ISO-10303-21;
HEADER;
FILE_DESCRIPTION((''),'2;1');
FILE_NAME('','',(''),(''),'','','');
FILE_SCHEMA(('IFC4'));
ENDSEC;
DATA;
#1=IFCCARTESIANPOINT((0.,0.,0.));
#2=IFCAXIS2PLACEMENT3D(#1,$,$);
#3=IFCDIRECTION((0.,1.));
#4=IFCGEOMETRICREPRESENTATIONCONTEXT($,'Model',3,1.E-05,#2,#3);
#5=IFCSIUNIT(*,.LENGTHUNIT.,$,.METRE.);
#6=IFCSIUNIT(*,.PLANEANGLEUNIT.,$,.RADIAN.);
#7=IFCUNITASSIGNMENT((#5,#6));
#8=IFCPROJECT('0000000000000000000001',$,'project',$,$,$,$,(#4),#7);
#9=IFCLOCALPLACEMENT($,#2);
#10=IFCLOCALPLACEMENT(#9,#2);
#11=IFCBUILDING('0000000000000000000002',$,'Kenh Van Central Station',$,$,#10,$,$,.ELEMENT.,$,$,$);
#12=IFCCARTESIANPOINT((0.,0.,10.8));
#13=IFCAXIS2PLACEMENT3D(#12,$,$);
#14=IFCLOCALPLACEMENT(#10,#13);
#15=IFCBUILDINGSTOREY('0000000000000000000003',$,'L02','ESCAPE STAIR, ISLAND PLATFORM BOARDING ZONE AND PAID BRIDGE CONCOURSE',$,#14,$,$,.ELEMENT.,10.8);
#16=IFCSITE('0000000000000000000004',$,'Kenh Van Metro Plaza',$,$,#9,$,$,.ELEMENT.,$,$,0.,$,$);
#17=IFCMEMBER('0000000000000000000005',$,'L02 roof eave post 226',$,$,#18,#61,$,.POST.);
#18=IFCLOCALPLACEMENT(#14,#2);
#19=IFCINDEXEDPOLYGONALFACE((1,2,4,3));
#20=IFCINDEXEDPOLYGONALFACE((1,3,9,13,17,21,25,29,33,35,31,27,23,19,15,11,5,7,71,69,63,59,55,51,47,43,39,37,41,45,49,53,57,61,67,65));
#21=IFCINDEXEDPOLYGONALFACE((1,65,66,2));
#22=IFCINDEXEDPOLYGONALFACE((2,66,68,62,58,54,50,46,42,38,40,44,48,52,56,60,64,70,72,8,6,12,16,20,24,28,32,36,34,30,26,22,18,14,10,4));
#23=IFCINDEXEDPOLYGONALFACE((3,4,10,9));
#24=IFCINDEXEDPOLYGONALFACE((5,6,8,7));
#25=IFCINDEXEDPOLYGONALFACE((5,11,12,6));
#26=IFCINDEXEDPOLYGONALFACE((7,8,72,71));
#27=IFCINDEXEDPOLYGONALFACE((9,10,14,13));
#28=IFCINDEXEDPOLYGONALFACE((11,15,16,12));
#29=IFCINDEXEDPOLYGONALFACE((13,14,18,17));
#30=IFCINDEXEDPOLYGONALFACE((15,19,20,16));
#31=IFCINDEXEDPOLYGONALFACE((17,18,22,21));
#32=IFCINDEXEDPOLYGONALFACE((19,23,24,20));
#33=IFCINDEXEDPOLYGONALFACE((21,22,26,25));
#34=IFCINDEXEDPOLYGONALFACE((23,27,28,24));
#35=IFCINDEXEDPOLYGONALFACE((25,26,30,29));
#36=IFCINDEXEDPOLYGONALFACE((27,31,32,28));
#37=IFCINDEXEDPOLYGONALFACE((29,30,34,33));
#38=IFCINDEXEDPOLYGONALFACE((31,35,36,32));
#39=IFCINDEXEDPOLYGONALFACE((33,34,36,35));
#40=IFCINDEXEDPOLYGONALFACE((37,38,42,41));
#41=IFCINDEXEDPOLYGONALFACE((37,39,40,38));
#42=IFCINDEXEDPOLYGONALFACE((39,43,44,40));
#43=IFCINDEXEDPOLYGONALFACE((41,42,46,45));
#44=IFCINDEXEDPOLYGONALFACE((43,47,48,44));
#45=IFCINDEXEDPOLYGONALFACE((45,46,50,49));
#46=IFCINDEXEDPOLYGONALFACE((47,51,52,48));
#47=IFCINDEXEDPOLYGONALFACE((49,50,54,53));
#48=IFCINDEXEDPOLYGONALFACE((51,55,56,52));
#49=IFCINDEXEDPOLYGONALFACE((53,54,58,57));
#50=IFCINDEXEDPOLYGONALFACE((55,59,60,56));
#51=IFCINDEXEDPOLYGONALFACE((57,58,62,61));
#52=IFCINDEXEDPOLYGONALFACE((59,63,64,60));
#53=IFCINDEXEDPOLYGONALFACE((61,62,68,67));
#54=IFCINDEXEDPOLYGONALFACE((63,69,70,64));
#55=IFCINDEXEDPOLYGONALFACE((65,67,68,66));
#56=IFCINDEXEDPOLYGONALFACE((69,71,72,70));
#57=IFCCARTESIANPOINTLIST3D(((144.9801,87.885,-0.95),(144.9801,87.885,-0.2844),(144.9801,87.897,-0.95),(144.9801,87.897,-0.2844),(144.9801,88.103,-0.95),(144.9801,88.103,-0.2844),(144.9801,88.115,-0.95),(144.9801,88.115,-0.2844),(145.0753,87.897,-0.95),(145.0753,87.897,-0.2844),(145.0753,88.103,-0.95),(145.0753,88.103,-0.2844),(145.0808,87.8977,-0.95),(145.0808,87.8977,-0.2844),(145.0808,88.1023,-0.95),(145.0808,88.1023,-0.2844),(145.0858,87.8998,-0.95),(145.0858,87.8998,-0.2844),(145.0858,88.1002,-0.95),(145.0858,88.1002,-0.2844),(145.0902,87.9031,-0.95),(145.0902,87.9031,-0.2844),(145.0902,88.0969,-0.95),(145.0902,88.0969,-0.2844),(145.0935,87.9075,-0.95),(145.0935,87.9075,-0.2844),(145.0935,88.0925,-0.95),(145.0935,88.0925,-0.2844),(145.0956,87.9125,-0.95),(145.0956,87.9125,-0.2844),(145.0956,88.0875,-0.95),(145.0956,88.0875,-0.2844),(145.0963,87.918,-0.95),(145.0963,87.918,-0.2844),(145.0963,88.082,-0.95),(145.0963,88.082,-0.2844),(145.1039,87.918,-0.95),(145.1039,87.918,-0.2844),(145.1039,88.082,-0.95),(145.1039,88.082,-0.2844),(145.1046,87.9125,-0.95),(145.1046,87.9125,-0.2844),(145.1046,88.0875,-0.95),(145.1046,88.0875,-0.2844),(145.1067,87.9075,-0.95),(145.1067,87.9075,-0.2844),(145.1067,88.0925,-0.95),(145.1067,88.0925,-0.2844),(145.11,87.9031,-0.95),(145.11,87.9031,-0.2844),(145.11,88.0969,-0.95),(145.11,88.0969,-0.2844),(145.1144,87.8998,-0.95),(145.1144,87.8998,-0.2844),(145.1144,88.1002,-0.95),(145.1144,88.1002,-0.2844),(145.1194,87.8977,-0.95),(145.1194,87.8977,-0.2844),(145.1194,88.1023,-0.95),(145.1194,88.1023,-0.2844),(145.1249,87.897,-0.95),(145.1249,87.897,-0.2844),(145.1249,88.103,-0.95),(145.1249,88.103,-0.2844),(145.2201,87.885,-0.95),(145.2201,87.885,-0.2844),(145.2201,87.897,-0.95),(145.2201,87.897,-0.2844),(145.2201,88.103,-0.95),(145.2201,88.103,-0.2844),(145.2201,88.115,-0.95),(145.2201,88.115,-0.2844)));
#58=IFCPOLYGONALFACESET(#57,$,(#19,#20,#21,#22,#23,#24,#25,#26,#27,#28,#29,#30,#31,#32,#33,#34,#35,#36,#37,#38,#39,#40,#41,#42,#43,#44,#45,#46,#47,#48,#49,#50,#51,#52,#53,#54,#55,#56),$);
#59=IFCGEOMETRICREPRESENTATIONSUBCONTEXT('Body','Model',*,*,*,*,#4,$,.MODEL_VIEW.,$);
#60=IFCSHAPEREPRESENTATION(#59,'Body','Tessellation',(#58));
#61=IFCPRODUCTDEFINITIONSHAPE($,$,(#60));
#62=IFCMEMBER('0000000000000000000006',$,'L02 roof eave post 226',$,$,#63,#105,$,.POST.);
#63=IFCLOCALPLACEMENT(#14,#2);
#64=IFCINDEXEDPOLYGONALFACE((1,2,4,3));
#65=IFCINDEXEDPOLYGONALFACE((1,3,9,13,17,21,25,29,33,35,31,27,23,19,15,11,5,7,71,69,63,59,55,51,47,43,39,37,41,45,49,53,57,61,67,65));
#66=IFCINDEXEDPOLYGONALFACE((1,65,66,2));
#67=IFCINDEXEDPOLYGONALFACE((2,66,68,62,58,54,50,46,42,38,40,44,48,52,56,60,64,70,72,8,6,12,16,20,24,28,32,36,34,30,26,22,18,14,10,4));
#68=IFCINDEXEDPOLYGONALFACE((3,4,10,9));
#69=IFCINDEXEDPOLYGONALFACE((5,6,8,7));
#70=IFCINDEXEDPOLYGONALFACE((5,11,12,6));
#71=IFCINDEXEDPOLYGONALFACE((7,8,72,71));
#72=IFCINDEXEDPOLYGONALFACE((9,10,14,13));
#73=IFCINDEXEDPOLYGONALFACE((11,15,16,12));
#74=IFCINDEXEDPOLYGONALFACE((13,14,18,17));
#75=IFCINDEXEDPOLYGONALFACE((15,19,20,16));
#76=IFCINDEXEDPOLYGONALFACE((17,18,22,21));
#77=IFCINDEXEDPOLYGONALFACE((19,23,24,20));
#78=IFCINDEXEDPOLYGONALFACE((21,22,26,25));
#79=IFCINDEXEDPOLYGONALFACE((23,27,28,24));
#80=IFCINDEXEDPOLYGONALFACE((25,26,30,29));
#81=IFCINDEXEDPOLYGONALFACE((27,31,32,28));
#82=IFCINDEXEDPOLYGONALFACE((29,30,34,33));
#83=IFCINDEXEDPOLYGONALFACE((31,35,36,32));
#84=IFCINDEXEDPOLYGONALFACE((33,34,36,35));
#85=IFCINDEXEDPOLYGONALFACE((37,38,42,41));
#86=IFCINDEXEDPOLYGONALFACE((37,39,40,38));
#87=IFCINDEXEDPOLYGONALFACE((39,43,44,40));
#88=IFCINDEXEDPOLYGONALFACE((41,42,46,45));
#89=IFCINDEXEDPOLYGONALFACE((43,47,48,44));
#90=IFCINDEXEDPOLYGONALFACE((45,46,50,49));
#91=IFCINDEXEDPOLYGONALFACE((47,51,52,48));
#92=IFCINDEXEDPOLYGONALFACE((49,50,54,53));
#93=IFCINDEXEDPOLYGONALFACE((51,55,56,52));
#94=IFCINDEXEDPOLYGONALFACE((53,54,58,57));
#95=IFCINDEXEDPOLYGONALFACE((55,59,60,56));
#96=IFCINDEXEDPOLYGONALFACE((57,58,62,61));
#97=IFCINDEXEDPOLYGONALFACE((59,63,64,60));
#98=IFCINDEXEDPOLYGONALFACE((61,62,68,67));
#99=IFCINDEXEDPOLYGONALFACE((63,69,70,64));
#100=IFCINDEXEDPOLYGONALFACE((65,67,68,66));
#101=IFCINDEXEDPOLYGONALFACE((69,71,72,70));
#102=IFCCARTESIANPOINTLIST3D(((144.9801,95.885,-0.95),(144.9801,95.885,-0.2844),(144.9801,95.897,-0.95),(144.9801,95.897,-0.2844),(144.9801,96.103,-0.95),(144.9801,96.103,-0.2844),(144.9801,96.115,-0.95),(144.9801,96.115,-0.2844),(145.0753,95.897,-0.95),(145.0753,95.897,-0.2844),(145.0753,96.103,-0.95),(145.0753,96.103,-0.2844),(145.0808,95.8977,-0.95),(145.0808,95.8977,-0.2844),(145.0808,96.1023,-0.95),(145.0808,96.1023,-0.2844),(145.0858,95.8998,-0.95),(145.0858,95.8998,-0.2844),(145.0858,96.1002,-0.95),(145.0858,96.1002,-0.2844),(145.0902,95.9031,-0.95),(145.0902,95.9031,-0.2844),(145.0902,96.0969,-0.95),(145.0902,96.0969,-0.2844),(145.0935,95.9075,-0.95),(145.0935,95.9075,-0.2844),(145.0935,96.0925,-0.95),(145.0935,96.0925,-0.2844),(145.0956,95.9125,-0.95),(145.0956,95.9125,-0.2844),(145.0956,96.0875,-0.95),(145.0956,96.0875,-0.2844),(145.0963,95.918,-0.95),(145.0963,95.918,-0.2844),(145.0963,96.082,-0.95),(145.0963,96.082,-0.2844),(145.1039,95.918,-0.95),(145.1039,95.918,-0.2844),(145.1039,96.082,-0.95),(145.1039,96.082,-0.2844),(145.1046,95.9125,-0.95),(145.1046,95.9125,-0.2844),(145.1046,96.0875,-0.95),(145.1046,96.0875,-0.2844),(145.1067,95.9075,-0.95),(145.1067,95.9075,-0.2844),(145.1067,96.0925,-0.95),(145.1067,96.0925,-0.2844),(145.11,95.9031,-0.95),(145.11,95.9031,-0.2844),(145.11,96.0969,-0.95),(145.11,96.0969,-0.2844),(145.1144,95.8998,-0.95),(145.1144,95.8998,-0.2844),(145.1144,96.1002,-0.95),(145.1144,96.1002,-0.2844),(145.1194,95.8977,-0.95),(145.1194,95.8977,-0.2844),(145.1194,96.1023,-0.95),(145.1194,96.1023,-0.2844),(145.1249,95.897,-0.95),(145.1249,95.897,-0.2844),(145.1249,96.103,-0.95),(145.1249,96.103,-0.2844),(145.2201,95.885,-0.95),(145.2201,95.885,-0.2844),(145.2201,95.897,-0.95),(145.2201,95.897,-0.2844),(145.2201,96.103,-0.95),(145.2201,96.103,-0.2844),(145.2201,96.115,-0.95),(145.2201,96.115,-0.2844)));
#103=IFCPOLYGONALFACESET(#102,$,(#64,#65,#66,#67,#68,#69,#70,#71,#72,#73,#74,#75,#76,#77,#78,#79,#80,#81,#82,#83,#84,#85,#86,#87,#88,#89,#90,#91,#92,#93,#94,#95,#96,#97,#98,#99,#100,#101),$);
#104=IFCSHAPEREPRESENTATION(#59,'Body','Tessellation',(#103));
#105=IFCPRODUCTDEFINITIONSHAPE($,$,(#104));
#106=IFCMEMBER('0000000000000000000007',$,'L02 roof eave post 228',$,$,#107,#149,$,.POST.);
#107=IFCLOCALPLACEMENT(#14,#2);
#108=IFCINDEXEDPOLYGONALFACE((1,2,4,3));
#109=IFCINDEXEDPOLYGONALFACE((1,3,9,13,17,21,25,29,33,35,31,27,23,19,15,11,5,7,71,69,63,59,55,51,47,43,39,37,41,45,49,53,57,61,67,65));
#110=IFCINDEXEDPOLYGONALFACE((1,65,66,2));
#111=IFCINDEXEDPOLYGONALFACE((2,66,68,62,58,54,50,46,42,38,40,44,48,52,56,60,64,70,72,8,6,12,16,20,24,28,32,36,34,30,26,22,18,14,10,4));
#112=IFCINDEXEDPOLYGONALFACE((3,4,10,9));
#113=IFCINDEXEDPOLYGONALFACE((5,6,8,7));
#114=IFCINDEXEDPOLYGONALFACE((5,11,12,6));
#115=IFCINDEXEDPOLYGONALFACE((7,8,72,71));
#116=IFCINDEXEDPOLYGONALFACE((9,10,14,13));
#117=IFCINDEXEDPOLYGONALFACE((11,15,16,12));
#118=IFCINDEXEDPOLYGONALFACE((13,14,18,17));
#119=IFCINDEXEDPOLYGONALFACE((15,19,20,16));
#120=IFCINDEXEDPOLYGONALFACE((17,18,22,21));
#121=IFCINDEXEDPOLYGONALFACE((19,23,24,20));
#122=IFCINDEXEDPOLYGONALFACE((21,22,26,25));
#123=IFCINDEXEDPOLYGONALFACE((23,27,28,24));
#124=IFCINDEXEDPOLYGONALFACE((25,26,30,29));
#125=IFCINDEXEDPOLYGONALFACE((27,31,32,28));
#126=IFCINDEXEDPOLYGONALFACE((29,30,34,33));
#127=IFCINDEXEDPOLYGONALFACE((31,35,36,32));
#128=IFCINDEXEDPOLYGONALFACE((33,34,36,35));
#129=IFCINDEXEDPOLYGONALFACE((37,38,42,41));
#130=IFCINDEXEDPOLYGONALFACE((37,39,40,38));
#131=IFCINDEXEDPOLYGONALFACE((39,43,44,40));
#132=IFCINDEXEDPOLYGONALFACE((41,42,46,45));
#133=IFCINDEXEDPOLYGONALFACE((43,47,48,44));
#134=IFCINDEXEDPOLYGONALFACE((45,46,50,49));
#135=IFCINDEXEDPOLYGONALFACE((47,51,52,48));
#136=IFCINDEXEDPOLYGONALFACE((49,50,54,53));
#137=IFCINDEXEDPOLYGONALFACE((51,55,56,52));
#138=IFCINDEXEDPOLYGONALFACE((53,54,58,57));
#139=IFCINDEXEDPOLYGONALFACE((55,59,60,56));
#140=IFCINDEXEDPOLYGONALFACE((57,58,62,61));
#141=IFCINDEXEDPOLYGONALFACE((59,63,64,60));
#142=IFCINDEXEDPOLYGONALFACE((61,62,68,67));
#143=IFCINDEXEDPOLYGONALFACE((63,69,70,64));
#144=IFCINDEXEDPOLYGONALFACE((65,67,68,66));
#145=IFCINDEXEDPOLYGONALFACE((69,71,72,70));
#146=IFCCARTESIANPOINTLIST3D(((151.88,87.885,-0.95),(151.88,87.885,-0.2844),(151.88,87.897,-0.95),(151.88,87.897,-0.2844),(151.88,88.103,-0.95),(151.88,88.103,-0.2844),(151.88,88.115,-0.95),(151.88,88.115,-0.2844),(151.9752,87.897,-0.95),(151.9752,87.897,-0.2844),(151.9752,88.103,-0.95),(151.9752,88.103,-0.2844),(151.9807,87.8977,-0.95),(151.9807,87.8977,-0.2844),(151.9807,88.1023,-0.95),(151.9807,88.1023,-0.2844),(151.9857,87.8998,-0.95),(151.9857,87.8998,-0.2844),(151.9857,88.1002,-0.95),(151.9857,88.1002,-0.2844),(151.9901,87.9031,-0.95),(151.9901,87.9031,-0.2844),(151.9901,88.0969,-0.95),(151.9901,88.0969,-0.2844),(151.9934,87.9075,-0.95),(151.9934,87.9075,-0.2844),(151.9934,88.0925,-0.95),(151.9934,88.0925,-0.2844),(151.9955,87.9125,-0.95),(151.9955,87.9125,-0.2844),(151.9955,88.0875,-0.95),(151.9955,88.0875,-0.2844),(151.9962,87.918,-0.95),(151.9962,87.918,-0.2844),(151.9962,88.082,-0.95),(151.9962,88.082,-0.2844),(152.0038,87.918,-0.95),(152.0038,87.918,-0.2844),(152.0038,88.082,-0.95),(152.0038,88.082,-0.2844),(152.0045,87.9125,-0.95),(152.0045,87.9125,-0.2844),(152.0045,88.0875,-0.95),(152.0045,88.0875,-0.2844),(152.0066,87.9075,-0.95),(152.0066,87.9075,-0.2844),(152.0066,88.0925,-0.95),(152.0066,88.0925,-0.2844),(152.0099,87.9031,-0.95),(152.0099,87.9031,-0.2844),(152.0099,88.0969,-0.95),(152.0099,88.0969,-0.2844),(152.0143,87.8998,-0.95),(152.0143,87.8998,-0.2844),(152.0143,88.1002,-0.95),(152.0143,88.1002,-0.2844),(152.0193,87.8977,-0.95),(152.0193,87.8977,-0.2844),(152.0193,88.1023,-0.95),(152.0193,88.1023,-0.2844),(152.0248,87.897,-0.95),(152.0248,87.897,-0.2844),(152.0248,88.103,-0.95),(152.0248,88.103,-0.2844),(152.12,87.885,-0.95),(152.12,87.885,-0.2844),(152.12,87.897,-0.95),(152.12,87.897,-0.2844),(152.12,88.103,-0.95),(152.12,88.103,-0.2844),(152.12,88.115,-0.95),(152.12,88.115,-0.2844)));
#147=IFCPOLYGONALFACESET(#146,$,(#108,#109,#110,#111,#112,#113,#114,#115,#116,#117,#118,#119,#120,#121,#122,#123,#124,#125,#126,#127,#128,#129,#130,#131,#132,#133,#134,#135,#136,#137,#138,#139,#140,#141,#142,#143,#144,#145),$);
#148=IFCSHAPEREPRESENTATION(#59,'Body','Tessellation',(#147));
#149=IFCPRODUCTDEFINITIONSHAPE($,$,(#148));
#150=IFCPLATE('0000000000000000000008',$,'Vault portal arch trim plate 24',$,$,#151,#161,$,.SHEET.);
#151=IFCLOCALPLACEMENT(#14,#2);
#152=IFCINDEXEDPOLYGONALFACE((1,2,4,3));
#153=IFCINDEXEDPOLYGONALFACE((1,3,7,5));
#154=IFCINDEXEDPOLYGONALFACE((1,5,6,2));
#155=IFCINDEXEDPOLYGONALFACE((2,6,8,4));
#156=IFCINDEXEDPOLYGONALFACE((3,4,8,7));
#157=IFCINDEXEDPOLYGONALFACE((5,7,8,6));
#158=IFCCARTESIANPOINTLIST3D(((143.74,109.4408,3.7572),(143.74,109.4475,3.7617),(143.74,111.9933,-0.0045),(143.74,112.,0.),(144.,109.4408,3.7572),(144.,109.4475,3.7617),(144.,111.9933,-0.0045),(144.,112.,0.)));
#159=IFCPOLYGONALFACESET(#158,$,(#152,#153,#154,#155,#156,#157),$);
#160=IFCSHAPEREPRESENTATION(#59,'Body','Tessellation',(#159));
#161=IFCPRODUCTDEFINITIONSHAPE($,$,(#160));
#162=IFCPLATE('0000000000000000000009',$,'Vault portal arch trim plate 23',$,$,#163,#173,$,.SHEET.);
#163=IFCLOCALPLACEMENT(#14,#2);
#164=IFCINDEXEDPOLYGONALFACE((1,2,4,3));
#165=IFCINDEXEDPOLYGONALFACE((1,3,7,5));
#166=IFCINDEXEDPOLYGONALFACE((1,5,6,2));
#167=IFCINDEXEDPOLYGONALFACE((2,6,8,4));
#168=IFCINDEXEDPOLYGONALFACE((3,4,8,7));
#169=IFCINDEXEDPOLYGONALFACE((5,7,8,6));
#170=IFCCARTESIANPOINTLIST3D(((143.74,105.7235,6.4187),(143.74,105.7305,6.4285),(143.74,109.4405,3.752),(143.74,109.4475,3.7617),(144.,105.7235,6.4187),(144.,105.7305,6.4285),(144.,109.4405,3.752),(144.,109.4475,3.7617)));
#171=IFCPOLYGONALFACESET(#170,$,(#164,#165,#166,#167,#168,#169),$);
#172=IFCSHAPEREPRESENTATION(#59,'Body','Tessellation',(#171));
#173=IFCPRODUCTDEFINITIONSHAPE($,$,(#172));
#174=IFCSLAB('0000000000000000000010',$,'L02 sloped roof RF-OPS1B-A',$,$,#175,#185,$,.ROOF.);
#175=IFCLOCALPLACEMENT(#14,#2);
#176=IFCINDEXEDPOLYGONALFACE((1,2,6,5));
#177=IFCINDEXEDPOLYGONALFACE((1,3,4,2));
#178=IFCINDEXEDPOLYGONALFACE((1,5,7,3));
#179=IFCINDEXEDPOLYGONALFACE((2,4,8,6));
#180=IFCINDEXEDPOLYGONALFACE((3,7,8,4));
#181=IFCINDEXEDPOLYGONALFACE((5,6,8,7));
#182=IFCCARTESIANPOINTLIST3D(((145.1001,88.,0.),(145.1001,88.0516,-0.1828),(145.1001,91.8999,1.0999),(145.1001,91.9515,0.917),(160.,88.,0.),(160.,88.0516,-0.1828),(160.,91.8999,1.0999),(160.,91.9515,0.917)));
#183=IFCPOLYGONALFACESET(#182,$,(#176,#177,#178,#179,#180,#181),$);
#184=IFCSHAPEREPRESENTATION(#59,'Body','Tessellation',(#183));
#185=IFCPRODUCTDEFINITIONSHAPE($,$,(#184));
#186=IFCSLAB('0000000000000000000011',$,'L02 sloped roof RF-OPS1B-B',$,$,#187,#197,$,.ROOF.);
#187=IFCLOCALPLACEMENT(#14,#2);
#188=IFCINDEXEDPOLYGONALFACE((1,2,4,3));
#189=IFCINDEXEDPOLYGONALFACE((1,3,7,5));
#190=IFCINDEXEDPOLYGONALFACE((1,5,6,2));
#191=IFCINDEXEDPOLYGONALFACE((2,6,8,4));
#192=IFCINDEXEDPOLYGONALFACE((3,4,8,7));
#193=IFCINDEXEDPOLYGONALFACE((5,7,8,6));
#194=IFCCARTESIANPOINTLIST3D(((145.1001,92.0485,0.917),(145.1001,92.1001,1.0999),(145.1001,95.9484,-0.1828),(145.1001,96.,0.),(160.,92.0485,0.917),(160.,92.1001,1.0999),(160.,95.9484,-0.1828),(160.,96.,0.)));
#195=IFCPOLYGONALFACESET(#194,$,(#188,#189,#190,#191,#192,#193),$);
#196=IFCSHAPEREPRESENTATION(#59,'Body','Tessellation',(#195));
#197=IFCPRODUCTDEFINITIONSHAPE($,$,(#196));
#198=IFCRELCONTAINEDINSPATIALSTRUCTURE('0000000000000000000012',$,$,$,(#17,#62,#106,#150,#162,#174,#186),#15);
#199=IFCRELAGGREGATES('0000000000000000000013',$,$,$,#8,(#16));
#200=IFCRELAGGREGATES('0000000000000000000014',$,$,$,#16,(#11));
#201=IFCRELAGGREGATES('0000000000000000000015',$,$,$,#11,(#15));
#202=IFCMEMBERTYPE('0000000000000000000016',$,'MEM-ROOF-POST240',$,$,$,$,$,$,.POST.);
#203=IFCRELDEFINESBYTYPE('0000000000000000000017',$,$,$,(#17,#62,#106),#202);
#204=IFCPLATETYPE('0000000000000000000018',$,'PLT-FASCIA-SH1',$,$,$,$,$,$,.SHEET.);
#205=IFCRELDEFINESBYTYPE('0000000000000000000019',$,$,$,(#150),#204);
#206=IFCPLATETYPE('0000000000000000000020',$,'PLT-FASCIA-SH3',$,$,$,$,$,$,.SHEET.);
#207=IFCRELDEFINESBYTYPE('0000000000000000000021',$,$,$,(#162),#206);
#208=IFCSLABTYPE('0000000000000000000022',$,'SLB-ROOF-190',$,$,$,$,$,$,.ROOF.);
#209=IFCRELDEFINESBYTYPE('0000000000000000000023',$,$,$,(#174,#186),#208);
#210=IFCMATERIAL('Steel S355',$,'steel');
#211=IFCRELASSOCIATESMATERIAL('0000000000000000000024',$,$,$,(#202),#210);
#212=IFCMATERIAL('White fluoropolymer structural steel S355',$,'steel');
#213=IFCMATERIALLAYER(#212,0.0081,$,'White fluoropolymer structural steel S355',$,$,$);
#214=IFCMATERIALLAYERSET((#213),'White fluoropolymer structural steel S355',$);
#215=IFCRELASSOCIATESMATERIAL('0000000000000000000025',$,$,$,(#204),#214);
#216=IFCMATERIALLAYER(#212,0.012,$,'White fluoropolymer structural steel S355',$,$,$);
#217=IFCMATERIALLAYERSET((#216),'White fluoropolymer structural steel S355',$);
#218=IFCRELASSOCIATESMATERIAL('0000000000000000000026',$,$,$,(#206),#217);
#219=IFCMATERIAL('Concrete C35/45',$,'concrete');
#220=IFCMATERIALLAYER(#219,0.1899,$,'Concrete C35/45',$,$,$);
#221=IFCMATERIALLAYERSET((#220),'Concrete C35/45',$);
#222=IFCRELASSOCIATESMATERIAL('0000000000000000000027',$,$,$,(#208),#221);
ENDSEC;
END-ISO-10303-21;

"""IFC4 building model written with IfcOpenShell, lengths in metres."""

from ifc_helpers import new_model, si_unit, direction, frame, origin, origin_2d, place, context, subcontext, project, spatial, polyline, i_section, outline, extrude, material, layer, layer_set, material_profile, profile_set, type_object, element, save


model = new_model("IFC4")

# Units and contexts
model_context = context("Model", 3, precision=1e-05, world=origin(), true_north=direction((0.0, 1.0)))
body_context = subcontext(model_context, "Body", "Model", "MODEL_VIEW")
ifc_project = project(units=[si_unit("LENGTHUNIT", "METRE"), si_unit("PLANEANGLEUNIT", "RADIAN")], contexts=[model_context])

# Site, building, storey
site_placement = place(None, origin())
site = spatial("IfcSite", under=ifc_project, at=site_placement, Name="Kenh Van Metro Plaza", CompositionType="ELEMENT", RefElevation=0.0)
building_placement = place(site_placement, origin())
building = spatial("IfcBuilding", under=site, at=building_placement, Name="Kenh Van Central Station", CompositionType="ELEMENT")
storey_placement = place(building_placement, frame((0.0, 0.0, 10.8)))
storey = spatial("IfcBuildingStorey", under=building, at=storey_placement, Name="L02", Description="ESCAPE STAIR, ISLAND PLATFORM BOARDING ZONE AND PAID BRIDGE CONCOURSE", CompositionType="ELEMENT", Elevation=10.8)

# Shared definitions
ifc_material_1 = material(Name="Concrete C35/45", Category="concrete")

# Shared definitions
ifc_material_2 = material(Name="Steel S355", Category="steel")
ifc_material_3 = material(Name="White fluoropolymer structural steel S355", Category="steel")

# Members
ifc_material_profile_1 = material_profile(ifc_material_2, i_section(OverallWidth=0.24, OverallDepth=0.23, WebThickness=0.0076, FlangeThickness=0.012, FilletRadius=0.021, at=origin_2d()), Name="HEA 240")
ifc_profile_set_1 = profile_set([ifc_material_profile_1], Name="Steel S355")
member_type_1 = type_object("IfcMemberType", Name="MEM-ROOF-POST240", PredefinedType="POST", material=ifc_profile_set_1)
for number, where, z_axis, x_axis, name in (
    (1, (145.1001, 88.0, -0.95), (0.0, 0.0, 1.0), (1.0, 0.0, 0.0), "L02 roof eave post 226"),
    (2, (145.1001, 96.0, -0.95), (0.0, 0.0, 1.0), (1.0, 0.0, 0.0), "L02 roof eave post 226"),
    (3, (152.0, 88.0, -0.95), (0.0, 0.0, 1.0), (1.0, 0.0, 0.0), "L02 roof eave post 228"),
):
    element("IfcMember", number, at=place(storey_placement, frame(where, z_axis=z_axis, x_axis=x_axis)), inside=storey, type_object=member_type_1, Name=name, PredefinedType="POST", context=body_context, shape_type="SweptSolid", body=[
        extrude(i_section(OverallWidth=0.24, OverallDepth=0.23, WebThickness=0.0076, FlangeThickness=0.012, FilletRadius=0.021, at=origin_2d()), origin(), (0.0, 0.0, 1.0), 0.6655),
    ])

# Plates
ifc_layer_1 = layer(ifc_material_3, 0.0081, Name="White fluoropolymer structural steel S355")
ifc_layer_set_1 = layer_set([ifc_layer_1], Name="White fluoropolymer structural steel S355")
plate_type_1 = type_object("IfcPlateType", Name="PLT-FASCIA-SH1", PredefinedType="SHEET", material=ifc_layer_set_1)
plate_1_placement = place(storey_placement, frame((144.0, 109.4475, 3.7617), z_axis=(0.0, 0.827486, 0.561486), x_axis=(-1.0, 0.0, 0.0)))
element("IfcPlate", 4, at=plate_1_placement, inside=storey, type_object=plate_type_1, Name="Vault portal arch trim plate 24", PredefinedType="SHEET", context=body_context, shape_type="SweptSolid", body=[
    extrude(outline(polyline([(0.0, 0.0), (0.26, 0.0), (0.26, -4.546), (0.0, -4.546), (0.0, 0.0)])), origin(), (0.0, 0.0, -1.0), 0.0081),
])
ifc_layer_2 = layer(ifc_material_3, 0.012, Name="White fluoropolymer structural steel S355")
ifc_layer_set_2 = layer_set([ifc_layer_2], Name="White fluoropolymer structural steel S355")
plate_type_2 = type_object("IfcPlateType", Name="PLT-FASCIA-SH3", PredefinedType="SHEET", material=ifc_layer_set_2)
plate_2_placement = place(storey_placement, frame((144.0, 105.7305, 6.4285), z_axis=(0.0, 0.582933, 0.81252), x_axis=(-1.0, 0.0, 0.0)))
element("IfcPlate", 5, at=plate_2_placement, inside=storey, type_object=plate_type_2, Name="Vault portal arch trim plate 23", PredefinedType="SHEET", context=body_context, shape_type="SweptSolid", body=[
    extrude(outline(polyline([(0.0, 0.0), (0.26, 0.0), (0.26, -4.5747), (0.0, -4.5747), (0.0, 0.0)])), origin(), (0.0, 0.0, -1.0), 0.012),
])

# Slabs
ifc_layer_3 = layer(ifc_material_1, 0.1899, Name="Concrete C35/45")
ifc_layer_set_3 = layer_set([ifc_layer_3], Name="Concrete C35/45")
slab_type = type_object("IfcSlabType", Name="SLB-ROOF-190", PredefinedType="ROOF", material=ifc_layer_set_3)
for number, where, z_axis, x_axis, name in (
    (6, (145.1001, 88.0, 0.0), (0.0, -0.271433, 0.962457), (1.0, 0.0, 0.0), "L02 sloped roof RF-OPS1B-A"),
    (7, (145.1001, 92.1001, 1.0999), (0.0, 0.271433, 0.962457), (1.0, 0.0, 0.0), "L02 sloped roof RF-OPS1B-B"),
):
    element("IfcSlab", number, at=place(storey_placement, frame(where, z_axis=z_axis, x_axis=x_axis)), inside=storey, type_object=slab_type, Name=name, PredefinedType="ROOF", context=body_context, shape_type="SweptSolid", body=[
        extrude(outline(polyline([(0.0, 0.0), (14.8999, 0.0), (14.8999, 4.052), (0.0, 4.052), (0.0, 0.0)])), origin(), (0.0, 0.0, -1.0), 0.1899),
    ])

save(model, "model.ifc")
